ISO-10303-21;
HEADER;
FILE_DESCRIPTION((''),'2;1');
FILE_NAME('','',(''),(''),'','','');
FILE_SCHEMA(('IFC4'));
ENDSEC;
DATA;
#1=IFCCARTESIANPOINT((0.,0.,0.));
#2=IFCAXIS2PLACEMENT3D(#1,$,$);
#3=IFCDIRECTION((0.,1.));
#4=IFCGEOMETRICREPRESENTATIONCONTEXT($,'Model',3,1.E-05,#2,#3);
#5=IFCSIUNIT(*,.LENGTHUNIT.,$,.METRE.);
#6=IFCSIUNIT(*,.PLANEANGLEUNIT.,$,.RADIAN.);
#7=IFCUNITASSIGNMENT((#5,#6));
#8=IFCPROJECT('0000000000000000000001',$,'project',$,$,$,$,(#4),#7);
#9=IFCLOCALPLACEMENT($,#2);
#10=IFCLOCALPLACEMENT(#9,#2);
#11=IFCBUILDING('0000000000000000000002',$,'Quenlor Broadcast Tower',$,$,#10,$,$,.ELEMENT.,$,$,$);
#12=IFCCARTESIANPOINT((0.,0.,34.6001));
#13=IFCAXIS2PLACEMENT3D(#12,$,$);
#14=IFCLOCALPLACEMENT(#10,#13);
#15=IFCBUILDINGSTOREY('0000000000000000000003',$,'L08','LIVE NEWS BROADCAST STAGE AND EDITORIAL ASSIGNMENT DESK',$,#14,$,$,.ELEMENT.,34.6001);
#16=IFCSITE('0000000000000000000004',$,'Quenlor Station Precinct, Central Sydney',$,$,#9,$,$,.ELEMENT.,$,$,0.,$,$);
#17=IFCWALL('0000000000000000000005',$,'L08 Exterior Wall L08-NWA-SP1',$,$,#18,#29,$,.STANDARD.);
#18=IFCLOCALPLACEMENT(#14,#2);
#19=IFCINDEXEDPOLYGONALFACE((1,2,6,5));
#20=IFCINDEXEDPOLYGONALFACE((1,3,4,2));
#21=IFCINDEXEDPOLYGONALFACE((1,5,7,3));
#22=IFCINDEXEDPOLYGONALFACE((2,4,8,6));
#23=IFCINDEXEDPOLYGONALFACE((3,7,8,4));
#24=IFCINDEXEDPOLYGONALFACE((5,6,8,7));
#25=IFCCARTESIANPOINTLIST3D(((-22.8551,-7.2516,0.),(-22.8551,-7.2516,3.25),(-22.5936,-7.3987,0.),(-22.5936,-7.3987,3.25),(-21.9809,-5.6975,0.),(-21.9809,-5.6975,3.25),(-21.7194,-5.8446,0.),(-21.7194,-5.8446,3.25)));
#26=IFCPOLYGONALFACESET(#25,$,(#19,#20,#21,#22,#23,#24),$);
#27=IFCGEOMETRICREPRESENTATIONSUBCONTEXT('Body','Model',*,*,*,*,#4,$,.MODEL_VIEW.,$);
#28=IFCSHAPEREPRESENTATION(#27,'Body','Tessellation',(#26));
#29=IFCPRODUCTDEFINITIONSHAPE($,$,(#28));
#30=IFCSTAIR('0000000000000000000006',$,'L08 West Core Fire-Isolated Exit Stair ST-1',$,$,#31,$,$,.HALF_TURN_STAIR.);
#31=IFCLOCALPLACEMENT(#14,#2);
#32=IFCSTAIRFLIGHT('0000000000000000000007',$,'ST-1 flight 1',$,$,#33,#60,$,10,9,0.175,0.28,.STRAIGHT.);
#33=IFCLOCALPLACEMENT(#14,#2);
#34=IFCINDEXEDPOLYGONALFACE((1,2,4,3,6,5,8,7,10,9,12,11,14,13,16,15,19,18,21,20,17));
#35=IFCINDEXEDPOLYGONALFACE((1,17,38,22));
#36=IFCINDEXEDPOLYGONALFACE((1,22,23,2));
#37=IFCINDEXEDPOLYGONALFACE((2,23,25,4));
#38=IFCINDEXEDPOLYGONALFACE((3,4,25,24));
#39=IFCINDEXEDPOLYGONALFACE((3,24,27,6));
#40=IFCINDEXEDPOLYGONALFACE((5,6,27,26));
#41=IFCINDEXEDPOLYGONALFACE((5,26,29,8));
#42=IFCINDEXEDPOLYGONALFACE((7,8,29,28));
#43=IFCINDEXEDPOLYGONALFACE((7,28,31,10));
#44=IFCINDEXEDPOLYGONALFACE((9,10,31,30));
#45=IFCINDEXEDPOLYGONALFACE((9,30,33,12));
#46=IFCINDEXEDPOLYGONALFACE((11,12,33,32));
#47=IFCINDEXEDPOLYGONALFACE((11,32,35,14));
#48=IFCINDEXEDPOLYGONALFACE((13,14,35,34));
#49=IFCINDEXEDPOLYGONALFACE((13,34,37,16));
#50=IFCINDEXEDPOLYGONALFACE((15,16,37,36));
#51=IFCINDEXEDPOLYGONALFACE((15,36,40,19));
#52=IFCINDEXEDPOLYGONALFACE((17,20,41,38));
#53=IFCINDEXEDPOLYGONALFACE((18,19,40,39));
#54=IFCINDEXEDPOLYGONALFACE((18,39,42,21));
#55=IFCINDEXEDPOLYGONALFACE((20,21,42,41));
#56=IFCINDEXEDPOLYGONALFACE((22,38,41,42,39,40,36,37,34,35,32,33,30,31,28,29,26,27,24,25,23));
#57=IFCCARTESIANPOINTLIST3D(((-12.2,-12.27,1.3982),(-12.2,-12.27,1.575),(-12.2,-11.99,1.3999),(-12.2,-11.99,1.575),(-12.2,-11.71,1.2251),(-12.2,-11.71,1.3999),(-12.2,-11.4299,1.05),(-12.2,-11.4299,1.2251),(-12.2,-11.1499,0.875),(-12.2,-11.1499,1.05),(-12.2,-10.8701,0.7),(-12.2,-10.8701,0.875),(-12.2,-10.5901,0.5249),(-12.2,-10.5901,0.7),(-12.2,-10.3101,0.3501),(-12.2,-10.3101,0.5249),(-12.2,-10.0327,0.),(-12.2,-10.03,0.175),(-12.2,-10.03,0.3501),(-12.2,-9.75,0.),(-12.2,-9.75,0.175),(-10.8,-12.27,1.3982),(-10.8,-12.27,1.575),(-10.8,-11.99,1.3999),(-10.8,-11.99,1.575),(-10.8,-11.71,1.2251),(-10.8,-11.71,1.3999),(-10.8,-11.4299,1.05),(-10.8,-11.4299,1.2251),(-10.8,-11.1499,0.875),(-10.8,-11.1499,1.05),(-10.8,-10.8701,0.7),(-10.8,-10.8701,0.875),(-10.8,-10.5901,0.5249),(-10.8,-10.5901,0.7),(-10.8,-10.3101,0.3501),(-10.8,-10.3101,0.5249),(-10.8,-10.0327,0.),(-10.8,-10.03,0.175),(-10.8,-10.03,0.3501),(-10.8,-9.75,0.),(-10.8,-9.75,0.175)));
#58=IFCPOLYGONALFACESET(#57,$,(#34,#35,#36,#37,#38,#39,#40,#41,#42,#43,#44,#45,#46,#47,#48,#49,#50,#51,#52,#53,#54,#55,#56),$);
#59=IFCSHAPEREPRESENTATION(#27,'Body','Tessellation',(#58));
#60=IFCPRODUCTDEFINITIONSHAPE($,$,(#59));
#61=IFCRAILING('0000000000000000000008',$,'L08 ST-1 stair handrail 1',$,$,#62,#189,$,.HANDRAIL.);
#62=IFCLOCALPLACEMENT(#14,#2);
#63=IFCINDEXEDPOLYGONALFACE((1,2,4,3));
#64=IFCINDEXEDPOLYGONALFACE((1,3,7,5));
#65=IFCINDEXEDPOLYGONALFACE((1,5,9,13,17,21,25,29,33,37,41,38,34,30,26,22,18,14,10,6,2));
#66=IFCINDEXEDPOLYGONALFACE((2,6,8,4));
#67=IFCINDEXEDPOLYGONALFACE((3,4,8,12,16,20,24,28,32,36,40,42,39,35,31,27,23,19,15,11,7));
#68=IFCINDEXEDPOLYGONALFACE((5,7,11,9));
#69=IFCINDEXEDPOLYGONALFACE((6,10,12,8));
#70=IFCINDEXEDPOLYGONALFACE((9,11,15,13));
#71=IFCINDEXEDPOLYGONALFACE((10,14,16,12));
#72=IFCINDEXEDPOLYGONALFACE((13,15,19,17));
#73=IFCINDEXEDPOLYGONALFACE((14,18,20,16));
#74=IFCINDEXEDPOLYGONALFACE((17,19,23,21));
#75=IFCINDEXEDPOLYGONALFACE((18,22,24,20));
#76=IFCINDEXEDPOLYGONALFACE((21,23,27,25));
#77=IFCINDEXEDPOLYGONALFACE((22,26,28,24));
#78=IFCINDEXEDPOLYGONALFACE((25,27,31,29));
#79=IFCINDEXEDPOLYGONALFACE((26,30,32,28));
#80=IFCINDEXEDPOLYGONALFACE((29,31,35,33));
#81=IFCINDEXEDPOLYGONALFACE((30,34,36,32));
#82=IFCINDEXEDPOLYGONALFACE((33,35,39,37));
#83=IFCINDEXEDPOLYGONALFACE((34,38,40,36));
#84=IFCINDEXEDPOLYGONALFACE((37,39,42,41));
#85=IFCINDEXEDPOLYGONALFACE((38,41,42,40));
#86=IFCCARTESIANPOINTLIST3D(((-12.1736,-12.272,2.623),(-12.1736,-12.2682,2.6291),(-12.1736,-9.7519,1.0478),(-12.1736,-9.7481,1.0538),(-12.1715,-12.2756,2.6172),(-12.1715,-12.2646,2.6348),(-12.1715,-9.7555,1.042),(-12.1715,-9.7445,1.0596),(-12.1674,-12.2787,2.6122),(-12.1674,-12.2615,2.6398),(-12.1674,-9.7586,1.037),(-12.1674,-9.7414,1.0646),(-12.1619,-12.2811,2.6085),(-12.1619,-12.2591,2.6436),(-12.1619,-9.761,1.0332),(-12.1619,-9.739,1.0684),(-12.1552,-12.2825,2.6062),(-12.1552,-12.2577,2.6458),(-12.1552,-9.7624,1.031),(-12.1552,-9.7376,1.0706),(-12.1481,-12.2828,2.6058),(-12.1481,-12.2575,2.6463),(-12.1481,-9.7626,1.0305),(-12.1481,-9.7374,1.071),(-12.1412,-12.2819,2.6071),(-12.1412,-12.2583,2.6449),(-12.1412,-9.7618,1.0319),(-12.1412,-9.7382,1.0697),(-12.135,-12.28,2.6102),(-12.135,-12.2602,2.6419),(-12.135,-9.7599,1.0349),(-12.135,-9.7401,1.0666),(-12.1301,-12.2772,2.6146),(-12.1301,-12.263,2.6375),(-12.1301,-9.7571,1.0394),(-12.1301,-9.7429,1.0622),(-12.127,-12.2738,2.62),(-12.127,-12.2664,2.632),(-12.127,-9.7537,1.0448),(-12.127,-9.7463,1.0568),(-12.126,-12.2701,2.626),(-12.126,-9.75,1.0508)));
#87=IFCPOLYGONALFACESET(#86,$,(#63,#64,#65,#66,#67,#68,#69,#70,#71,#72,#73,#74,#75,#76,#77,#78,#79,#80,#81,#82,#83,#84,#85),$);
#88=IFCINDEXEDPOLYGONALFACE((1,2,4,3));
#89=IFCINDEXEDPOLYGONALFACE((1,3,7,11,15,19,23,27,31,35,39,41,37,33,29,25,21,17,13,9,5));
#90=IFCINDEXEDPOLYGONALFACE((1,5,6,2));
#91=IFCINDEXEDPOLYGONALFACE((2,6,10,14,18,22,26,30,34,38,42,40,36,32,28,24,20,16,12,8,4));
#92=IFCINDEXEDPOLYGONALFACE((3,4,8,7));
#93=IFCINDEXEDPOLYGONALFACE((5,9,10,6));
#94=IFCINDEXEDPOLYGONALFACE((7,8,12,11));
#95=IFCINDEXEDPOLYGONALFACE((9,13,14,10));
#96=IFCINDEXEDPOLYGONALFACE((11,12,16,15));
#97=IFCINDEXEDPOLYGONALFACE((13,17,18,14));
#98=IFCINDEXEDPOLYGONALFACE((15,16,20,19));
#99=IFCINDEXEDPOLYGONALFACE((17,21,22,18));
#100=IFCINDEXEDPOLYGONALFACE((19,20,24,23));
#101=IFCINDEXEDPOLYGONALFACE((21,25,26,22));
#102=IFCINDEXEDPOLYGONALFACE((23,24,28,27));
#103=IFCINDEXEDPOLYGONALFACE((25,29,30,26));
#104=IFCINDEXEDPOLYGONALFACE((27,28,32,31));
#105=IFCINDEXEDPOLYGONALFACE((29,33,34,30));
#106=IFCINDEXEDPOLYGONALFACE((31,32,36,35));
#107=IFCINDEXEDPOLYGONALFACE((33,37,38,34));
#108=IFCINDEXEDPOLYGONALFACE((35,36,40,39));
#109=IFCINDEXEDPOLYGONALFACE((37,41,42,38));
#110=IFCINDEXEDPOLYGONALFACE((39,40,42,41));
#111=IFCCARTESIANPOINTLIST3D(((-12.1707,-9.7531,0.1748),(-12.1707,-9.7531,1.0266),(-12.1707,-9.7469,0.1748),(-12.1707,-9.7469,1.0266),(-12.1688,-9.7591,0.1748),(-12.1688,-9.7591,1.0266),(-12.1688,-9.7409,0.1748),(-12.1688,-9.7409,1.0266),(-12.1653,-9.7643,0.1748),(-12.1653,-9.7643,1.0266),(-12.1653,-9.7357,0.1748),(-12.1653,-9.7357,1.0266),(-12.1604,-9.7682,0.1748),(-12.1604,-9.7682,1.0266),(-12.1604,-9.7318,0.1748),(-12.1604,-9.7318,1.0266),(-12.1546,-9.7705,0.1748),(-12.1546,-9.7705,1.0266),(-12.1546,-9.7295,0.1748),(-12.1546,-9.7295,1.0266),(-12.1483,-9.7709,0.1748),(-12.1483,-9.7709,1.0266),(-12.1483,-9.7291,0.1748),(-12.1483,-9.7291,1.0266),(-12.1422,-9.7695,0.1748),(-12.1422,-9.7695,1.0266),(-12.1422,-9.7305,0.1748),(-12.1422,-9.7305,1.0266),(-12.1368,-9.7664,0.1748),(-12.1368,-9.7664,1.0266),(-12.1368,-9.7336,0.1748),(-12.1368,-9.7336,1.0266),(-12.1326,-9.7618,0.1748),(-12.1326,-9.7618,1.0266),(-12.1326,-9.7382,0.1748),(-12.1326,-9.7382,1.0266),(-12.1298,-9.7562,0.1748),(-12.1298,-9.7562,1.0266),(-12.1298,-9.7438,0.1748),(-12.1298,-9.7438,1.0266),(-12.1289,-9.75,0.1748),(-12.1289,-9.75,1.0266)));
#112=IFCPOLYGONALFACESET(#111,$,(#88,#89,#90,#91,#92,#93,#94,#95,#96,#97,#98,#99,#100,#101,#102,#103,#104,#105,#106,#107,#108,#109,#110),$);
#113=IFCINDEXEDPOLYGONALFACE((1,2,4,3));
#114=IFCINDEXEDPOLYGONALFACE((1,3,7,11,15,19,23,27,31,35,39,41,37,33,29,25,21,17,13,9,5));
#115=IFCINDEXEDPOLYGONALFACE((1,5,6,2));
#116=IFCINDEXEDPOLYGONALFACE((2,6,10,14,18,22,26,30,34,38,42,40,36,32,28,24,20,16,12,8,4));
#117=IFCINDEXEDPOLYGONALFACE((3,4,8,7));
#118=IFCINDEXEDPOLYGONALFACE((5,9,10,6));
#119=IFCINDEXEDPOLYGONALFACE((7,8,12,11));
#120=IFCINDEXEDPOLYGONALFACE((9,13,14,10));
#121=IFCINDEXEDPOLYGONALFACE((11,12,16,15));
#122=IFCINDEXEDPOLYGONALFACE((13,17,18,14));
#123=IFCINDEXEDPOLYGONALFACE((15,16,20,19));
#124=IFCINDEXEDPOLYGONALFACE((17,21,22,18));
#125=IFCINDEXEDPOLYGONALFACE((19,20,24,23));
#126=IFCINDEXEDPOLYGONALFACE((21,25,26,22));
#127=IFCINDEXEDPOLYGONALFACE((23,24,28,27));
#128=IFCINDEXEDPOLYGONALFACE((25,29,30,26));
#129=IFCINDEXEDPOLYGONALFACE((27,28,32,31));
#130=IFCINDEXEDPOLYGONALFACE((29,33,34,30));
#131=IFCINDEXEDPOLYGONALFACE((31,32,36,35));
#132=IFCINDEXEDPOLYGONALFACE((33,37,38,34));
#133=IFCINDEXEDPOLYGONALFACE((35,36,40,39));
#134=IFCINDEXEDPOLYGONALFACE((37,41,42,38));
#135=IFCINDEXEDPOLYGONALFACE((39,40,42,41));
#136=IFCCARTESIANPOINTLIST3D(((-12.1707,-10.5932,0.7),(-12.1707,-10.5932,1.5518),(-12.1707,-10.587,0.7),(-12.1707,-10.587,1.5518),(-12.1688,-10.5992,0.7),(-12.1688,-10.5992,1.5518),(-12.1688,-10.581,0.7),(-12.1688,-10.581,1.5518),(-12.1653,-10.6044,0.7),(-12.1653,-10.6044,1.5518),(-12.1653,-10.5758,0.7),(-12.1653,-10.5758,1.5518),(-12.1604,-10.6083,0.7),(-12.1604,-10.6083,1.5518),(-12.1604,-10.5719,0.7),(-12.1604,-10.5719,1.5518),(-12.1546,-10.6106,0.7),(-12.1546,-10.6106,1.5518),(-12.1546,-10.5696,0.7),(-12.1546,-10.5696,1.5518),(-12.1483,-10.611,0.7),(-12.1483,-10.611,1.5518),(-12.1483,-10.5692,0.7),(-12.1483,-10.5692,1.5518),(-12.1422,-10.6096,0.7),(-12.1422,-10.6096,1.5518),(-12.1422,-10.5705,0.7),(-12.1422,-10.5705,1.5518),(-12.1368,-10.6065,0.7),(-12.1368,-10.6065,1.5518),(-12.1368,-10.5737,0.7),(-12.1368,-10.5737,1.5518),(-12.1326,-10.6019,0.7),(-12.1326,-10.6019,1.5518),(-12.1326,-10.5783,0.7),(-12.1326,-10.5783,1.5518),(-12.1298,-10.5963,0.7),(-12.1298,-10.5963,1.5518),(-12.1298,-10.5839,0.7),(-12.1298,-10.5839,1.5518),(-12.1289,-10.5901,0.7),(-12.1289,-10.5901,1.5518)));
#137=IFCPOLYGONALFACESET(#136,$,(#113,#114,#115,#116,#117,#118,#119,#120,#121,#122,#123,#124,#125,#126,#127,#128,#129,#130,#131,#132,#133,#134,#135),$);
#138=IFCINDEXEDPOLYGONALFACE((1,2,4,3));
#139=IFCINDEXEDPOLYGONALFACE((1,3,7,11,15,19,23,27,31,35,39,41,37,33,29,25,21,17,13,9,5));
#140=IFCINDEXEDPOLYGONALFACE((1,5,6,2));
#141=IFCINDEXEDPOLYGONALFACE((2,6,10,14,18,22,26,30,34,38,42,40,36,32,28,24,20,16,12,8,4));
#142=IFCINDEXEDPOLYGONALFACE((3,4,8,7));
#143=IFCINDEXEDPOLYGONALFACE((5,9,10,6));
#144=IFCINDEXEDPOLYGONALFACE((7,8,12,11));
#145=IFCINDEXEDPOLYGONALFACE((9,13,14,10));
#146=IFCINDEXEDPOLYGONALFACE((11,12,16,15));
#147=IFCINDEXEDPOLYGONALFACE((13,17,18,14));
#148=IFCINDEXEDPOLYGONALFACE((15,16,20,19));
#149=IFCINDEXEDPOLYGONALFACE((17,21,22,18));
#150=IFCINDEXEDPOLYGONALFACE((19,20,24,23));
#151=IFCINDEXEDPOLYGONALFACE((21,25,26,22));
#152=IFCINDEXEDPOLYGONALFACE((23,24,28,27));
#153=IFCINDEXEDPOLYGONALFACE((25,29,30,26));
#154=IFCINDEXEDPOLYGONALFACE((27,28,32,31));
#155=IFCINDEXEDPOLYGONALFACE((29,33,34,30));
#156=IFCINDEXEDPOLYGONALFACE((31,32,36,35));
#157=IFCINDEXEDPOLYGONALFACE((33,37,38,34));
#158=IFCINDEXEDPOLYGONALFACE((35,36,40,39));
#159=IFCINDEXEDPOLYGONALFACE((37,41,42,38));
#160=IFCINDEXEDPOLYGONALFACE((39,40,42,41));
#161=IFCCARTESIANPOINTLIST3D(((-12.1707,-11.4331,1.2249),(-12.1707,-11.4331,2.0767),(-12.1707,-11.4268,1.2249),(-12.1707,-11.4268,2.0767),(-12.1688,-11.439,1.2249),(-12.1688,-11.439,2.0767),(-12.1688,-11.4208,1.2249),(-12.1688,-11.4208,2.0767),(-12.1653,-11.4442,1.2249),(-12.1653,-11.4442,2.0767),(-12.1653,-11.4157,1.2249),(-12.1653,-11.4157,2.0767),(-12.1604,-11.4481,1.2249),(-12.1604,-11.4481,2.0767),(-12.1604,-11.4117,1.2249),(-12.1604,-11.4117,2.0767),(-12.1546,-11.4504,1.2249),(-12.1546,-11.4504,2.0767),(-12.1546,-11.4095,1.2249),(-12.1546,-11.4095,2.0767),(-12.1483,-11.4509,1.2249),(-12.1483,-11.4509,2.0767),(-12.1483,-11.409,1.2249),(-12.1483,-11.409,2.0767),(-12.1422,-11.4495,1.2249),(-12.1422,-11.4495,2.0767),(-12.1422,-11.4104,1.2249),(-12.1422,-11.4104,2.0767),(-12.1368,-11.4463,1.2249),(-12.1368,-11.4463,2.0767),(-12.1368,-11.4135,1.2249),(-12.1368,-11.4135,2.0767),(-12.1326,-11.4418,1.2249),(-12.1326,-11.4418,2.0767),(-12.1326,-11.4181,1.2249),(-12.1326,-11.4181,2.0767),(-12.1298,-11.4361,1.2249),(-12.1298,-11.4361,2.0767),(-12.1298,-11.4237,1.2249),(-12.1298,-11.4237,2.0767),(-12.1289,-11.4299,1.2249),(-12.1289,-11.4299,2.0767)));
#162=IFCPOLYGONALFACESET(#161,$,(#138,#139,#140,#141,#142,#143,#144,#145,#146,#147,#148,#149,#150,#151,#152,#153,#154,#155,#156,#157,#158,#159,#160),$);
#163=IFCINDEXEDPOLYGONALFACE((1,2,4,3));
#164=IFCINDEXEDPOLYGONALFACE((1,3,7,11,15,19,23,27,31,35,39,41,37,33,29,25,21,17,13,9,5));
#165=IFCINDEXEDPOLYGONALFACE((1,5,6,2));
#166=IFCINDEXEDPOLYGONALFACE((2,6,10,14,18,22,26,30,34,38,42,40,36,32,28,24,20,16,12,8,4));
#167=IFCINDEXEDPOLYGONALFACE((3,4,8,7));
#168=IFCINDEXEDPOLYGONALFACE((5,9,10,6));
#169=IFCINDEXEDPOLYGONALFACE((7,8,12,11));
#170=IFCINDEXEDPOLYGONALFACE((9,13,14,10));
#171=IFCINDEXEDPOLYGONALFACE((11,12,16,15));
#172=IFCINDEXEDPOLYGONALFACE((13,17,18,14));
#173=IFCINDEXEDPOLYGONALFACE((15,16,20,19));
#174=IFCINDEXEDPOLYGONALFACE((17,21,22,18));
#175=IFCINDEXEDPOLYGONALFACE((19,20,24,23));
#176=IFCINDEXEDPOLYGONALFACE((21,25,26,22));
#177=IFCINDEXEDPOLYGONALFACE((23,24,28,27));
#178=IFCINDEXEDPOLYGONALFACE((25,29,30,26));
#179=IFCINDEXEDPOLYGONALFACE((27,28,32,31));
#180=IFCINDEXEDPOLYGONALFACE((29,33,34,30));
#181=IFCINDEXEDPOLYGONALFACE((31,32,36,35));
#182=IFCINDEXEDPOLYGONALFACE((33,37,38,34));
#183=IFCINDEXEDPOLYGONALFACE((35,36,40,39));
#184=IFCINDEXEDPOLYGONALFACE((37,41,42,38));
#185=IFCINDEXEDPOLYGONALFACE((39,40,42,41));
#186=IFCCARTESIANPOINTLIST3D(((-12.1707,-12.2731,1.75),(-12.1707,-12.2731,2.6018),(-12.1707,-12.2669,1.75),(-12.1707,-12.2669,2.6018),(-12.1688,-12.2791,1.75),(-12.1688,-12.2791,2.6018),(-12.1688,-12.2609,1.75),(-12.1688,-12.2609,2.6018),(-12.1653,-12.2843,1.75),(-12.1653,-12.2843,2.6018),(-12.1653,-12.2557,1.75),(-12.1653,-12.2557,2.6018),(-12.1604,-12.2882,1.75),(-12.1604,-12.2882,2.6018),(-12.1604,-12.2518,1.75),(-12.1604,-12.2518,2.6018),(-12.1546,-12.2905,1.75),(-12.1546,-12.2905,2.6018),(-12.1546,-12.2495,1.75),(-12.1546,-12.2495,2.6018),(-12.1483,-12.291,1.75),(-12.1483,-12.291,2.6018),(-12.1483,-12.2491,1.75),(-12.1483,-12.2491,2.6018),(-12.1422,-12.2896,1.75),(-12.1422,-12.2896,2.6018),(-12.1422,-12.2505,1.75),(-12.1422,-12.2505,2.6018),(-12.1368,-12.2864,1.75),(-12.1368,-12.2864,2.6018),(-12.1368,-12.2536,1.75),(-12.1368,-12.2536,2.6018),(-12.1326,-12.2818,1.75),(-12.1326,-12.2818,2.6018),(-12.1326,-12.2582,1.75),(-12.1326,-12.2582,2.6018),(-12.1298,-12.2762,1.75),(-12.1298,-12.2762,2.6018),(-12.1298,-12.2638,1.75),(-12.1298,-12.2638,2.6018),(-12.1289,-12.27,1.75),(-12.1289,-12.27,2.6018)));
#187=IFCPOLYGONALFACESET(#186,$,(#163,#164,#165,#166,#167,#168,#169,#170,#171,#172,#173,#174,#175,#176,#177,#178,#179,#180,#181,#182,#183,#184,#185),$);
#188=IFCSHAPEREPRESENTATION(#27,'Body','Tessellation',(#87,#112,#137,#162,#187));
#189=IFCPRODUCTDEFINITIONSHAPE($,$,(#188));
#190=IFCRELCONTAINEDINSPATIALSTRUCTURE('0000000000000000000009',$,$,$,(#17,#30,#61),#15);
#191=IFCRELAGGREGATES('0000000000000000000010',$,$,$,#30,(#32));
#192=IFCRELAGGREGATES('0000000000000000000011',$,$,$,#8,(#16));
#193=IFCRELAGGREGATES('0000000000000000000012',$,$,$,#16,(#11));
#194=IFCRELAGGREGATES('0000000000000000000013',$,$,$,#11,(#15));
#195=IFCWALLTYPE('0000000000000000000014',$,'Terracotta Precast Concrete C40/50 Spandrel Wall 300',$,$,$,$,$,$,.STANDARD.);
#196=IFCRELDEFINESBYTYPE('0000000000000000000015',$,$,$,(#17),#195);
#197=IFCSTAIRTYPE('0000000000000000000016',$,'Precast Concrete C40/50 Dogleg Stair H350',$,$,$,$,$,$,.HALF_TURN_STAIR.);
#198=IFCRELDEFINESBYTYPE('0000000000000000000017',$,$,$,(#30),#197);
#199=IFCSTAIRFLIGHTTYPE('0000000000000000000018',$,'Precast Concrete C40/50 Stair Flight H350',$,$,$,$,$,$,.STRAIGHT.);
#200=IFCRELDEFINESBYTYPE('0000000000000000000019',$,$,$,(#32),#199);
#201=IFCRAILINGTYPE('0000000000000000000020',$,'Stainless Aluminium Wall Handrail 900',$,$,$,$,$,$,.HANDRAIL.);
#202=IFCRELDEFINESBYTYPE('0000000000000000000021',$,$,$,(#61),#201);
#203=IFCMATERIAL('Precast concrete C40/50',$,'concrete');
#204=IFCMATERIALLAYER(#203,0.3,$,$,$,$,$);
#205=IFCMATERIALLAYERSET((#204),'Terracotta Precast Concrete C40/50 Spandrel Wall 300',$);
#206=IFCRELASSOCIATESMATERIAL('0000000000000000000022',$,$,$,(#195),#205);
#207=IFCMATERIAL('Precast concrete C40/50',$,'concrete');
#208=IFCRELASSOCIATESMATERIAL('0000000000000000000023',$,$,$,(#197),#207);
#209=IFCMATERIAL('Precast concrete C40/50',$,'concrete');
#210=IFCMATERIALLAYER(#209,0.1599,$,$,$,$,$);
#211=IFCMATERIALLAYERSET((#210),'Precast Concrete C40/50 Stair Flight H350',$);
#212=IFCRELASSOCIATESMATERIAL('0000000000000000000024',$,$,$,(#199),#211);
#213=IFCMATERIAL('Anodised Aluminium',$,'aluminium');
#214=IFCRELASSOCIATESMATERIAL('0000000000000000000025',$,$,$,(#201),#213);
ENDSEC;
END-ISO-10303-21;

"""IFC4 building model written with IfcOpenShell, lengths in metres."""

from ifc_helpers import new_model, si_unit, direction, frame, frame_2d, origin, origin_2d, place, context, subcontext, project, spatial, polyline, rectangle, circle, outline, extrude, material, layer, layer_set, type_object, element, aggregate, save


model = new_model("IFC4")

# Units and contexts
model_context = context("Model", 3, precision=1e-05, world=origin(), true_north=direction((0.0, 1.0)))
body_context = subcontext(model_context, "Body", "Model", "MODEL_VIEW")
ifc_project = project(units=[si_unit("LENGTHUNIT", "METRE"), si_unit("PLANEANGLEUNIT", "RADIAN")], contexts=[model_context])

# Site, building, storey
site_placement = place(None, origin())
site = spatial("IfcSite", under=ifc_project, at=site_placement, Name="Quenlor Station Precinct, Central Sydney", CompositionType="ELEMENT", RefElevation=0.0)
building_placement = place(site_placement, origin())
building = spatial("IfcBuilding", under=site, at=building_placement, Name="Quenlor Broadcast Tower", CompositionType="ELEMENT")
storey_placement = place(building_placement, frame((0.0, 0.0, 34.6001)))
storey = spatial("IfcBuildingStorey", under=building, at=storey_placement, Name="L08", Description="LIVE NEWS BROADCAST STAGE AND EDITORIAL ASSIGNMENT DESK", CompositionType="ELEMENT", Elevation=34.6001)

# Wall
ifc_material_1 = material(Name="Precast concrete C40/50", Category="concrete")
ifc_layer_1 = layer(ifc_material_1, 0.3)
ifc_layer_set_1 = layer_set([ifc_layer_1], Name="Terracotta Precast Concrete C40/50 Spandrel Wall 300")
wall_type_1 = type_object("IfcWallType", Name="Terracotta Precast Concrete C40/50 Spandrel Wall 300", PredefinedType="STANDARD", material=ifc_layer_set_1)
wall_1_placement = place(storey_placement, frame((-22.7244, -7.3252, 0.0), z_axis=(0.0, 0.0, 1.0), x_axis=(0.490274, 0.871568, 0.0)))
element("IfcWall", 1, at=wall_1_placement, inside=storey, type_object=wall_type_1, Name="L08 Exterior Wall L08-NWA-SP1", PredefinedType="STANDARD", context=body_context, shape_type="SweptSolid", body=[
    extrude(rectangle(XDim=1.7832, YDim=0.3, at=frame_2d((0.8916, 0.0))), origin(), (0.0, 0.0, 1.0), 3.25),
])

# Stair, stair flight
ifc_material_2 = material(Name="Precast concrete C40/50", Category="concrete")
stair_type = type_object("IfcStairType", Name="Precast Concrete C40/50 Dogleg Stair H350", PredefinedType="HALF_TURN_STAIR", material=ifc_material_2)
stair_placement = place(storey_placement, origin())
stair = element("IfcStair", 2, at=stair_placement, inside=storey, type_object=stair_type, Name="L08 West Core Fire-Isolated Exit Stair ST-1", PredefinedType="HALF_TURN_STAIR")
ifc_material_3 = material(Name="Precast concrete C40/50", Category="concrete")
ifc_layer_2 = layer(ifc_material_3, 0.1599)
ifc_layer_set_2 = layer_set([ifc_layer_2], Name="Precast Concrete C40/50 Stair Flight H350")
stair_flight_type = type_object("IfcStairFlightType", Name="Precast Concrete C40/50 Stair Flight H350", PredefinedType="STRAIGHT", material=ifc_layer_set_2)
stair_flight_placement = place(storey_placement, frame((-11.5, -9.75, 0.0), z_axis=(0.0, 0.0, 1.0), x_axis=(0.0, -1.0, 0.0)))
stair_flight = element("IfcStairFlight", 3, at=stair_flight_placement, type_object=stair_flight_type, Name="ST-1 flight 1", NumberOfRisers=10, NumberOfTreads=9, PredefinedType="STRAIGHT", RiserHeight=0.175, TreadLength=0.28, context=body_context, shape_type="SweptSolid", body=[
    extrude(outline(polyline([(0.0, 0.0), (0.0, 0.175), (0.28, 0.175), (0.28, 0.3501), (0.5601, 0.3501), (0.5601, 0.5249), (0.8401, 0.5249), (0.8401, 0.7), (1.1201, 0.7), (1.1201, 0.875), (1.3999, 0.875), (1.3999, 1.05), (1.6799, 1.05), (1.6799, 1.2251), (1.96, 1.2251), (1.96, 1.3999), (2.24, 1.3999), (2.24, 1.575), (2.52, 1.575), (2.52, 1.75), (2.52, 1.3982), (0.2827, 0.0), (0.0, 0.0)])), frame((0.0, 0.7, 0.0), z_axis=(0.0, -1.0, 0.0), x_axis=(1.0, 0.0, 0.0)), (0.0, 0.0, 1.0), 1.3999),
])
aggregate(stair, [stair_flight])

# Railing
ifc_material_4 = material(Name="Anodised Aluminium", Category="aluminium")
railing_type = type_object("IfcRailingType", Name="Stainless Aluminium Wall Handrail 900", PredefinedType="HANDRAIL", material=ifc_material_4)
railing_placement = place(storey_placement, frame((-12.1499, -9.75, 0.1748)))
element("IfcRailing", 4, at=railing_placement, inside=storey, type_object=railing_type, Name="L08 ST-1 stair handrail 1", PredefinedType="HANDRAIL", context=body_context, shape_type="SweptSolid", body=[
    extrude(circle(Radius=0.0239, at=origin_2d()), frame((0.0, 0.0, 0.876), z_axis=(0.0, -0.847971, 0.530043), x_axis=(1.0, 0.0, 0.0)), (0.0, 0.0, 1.0), 2.9719),
    extrude(circle(Radius=0.021, at=origin_2d()), origin(), (0.0, 0.0, 1.0), 0.8518),
    extrude(circle(Radius=0.021, at=origin_2d()), frame((0.0, -0.8401, 0.5251)), (0.0, 0.0, 1.0), 0.8518),
    extrude(circle(Radius=0.021, at=origin_2d()), frame((0.0, -1.6799, 1.05)), (0.0, 0.0, 1.0), 0.8518),
    extrude(circle(Radius=0.021, at=origin_2d()), frame((0.0, -2.52, 1.5752)), (0.0, 0.0, 1.0), 0.8518),
])

save(model, "model.ifc")
